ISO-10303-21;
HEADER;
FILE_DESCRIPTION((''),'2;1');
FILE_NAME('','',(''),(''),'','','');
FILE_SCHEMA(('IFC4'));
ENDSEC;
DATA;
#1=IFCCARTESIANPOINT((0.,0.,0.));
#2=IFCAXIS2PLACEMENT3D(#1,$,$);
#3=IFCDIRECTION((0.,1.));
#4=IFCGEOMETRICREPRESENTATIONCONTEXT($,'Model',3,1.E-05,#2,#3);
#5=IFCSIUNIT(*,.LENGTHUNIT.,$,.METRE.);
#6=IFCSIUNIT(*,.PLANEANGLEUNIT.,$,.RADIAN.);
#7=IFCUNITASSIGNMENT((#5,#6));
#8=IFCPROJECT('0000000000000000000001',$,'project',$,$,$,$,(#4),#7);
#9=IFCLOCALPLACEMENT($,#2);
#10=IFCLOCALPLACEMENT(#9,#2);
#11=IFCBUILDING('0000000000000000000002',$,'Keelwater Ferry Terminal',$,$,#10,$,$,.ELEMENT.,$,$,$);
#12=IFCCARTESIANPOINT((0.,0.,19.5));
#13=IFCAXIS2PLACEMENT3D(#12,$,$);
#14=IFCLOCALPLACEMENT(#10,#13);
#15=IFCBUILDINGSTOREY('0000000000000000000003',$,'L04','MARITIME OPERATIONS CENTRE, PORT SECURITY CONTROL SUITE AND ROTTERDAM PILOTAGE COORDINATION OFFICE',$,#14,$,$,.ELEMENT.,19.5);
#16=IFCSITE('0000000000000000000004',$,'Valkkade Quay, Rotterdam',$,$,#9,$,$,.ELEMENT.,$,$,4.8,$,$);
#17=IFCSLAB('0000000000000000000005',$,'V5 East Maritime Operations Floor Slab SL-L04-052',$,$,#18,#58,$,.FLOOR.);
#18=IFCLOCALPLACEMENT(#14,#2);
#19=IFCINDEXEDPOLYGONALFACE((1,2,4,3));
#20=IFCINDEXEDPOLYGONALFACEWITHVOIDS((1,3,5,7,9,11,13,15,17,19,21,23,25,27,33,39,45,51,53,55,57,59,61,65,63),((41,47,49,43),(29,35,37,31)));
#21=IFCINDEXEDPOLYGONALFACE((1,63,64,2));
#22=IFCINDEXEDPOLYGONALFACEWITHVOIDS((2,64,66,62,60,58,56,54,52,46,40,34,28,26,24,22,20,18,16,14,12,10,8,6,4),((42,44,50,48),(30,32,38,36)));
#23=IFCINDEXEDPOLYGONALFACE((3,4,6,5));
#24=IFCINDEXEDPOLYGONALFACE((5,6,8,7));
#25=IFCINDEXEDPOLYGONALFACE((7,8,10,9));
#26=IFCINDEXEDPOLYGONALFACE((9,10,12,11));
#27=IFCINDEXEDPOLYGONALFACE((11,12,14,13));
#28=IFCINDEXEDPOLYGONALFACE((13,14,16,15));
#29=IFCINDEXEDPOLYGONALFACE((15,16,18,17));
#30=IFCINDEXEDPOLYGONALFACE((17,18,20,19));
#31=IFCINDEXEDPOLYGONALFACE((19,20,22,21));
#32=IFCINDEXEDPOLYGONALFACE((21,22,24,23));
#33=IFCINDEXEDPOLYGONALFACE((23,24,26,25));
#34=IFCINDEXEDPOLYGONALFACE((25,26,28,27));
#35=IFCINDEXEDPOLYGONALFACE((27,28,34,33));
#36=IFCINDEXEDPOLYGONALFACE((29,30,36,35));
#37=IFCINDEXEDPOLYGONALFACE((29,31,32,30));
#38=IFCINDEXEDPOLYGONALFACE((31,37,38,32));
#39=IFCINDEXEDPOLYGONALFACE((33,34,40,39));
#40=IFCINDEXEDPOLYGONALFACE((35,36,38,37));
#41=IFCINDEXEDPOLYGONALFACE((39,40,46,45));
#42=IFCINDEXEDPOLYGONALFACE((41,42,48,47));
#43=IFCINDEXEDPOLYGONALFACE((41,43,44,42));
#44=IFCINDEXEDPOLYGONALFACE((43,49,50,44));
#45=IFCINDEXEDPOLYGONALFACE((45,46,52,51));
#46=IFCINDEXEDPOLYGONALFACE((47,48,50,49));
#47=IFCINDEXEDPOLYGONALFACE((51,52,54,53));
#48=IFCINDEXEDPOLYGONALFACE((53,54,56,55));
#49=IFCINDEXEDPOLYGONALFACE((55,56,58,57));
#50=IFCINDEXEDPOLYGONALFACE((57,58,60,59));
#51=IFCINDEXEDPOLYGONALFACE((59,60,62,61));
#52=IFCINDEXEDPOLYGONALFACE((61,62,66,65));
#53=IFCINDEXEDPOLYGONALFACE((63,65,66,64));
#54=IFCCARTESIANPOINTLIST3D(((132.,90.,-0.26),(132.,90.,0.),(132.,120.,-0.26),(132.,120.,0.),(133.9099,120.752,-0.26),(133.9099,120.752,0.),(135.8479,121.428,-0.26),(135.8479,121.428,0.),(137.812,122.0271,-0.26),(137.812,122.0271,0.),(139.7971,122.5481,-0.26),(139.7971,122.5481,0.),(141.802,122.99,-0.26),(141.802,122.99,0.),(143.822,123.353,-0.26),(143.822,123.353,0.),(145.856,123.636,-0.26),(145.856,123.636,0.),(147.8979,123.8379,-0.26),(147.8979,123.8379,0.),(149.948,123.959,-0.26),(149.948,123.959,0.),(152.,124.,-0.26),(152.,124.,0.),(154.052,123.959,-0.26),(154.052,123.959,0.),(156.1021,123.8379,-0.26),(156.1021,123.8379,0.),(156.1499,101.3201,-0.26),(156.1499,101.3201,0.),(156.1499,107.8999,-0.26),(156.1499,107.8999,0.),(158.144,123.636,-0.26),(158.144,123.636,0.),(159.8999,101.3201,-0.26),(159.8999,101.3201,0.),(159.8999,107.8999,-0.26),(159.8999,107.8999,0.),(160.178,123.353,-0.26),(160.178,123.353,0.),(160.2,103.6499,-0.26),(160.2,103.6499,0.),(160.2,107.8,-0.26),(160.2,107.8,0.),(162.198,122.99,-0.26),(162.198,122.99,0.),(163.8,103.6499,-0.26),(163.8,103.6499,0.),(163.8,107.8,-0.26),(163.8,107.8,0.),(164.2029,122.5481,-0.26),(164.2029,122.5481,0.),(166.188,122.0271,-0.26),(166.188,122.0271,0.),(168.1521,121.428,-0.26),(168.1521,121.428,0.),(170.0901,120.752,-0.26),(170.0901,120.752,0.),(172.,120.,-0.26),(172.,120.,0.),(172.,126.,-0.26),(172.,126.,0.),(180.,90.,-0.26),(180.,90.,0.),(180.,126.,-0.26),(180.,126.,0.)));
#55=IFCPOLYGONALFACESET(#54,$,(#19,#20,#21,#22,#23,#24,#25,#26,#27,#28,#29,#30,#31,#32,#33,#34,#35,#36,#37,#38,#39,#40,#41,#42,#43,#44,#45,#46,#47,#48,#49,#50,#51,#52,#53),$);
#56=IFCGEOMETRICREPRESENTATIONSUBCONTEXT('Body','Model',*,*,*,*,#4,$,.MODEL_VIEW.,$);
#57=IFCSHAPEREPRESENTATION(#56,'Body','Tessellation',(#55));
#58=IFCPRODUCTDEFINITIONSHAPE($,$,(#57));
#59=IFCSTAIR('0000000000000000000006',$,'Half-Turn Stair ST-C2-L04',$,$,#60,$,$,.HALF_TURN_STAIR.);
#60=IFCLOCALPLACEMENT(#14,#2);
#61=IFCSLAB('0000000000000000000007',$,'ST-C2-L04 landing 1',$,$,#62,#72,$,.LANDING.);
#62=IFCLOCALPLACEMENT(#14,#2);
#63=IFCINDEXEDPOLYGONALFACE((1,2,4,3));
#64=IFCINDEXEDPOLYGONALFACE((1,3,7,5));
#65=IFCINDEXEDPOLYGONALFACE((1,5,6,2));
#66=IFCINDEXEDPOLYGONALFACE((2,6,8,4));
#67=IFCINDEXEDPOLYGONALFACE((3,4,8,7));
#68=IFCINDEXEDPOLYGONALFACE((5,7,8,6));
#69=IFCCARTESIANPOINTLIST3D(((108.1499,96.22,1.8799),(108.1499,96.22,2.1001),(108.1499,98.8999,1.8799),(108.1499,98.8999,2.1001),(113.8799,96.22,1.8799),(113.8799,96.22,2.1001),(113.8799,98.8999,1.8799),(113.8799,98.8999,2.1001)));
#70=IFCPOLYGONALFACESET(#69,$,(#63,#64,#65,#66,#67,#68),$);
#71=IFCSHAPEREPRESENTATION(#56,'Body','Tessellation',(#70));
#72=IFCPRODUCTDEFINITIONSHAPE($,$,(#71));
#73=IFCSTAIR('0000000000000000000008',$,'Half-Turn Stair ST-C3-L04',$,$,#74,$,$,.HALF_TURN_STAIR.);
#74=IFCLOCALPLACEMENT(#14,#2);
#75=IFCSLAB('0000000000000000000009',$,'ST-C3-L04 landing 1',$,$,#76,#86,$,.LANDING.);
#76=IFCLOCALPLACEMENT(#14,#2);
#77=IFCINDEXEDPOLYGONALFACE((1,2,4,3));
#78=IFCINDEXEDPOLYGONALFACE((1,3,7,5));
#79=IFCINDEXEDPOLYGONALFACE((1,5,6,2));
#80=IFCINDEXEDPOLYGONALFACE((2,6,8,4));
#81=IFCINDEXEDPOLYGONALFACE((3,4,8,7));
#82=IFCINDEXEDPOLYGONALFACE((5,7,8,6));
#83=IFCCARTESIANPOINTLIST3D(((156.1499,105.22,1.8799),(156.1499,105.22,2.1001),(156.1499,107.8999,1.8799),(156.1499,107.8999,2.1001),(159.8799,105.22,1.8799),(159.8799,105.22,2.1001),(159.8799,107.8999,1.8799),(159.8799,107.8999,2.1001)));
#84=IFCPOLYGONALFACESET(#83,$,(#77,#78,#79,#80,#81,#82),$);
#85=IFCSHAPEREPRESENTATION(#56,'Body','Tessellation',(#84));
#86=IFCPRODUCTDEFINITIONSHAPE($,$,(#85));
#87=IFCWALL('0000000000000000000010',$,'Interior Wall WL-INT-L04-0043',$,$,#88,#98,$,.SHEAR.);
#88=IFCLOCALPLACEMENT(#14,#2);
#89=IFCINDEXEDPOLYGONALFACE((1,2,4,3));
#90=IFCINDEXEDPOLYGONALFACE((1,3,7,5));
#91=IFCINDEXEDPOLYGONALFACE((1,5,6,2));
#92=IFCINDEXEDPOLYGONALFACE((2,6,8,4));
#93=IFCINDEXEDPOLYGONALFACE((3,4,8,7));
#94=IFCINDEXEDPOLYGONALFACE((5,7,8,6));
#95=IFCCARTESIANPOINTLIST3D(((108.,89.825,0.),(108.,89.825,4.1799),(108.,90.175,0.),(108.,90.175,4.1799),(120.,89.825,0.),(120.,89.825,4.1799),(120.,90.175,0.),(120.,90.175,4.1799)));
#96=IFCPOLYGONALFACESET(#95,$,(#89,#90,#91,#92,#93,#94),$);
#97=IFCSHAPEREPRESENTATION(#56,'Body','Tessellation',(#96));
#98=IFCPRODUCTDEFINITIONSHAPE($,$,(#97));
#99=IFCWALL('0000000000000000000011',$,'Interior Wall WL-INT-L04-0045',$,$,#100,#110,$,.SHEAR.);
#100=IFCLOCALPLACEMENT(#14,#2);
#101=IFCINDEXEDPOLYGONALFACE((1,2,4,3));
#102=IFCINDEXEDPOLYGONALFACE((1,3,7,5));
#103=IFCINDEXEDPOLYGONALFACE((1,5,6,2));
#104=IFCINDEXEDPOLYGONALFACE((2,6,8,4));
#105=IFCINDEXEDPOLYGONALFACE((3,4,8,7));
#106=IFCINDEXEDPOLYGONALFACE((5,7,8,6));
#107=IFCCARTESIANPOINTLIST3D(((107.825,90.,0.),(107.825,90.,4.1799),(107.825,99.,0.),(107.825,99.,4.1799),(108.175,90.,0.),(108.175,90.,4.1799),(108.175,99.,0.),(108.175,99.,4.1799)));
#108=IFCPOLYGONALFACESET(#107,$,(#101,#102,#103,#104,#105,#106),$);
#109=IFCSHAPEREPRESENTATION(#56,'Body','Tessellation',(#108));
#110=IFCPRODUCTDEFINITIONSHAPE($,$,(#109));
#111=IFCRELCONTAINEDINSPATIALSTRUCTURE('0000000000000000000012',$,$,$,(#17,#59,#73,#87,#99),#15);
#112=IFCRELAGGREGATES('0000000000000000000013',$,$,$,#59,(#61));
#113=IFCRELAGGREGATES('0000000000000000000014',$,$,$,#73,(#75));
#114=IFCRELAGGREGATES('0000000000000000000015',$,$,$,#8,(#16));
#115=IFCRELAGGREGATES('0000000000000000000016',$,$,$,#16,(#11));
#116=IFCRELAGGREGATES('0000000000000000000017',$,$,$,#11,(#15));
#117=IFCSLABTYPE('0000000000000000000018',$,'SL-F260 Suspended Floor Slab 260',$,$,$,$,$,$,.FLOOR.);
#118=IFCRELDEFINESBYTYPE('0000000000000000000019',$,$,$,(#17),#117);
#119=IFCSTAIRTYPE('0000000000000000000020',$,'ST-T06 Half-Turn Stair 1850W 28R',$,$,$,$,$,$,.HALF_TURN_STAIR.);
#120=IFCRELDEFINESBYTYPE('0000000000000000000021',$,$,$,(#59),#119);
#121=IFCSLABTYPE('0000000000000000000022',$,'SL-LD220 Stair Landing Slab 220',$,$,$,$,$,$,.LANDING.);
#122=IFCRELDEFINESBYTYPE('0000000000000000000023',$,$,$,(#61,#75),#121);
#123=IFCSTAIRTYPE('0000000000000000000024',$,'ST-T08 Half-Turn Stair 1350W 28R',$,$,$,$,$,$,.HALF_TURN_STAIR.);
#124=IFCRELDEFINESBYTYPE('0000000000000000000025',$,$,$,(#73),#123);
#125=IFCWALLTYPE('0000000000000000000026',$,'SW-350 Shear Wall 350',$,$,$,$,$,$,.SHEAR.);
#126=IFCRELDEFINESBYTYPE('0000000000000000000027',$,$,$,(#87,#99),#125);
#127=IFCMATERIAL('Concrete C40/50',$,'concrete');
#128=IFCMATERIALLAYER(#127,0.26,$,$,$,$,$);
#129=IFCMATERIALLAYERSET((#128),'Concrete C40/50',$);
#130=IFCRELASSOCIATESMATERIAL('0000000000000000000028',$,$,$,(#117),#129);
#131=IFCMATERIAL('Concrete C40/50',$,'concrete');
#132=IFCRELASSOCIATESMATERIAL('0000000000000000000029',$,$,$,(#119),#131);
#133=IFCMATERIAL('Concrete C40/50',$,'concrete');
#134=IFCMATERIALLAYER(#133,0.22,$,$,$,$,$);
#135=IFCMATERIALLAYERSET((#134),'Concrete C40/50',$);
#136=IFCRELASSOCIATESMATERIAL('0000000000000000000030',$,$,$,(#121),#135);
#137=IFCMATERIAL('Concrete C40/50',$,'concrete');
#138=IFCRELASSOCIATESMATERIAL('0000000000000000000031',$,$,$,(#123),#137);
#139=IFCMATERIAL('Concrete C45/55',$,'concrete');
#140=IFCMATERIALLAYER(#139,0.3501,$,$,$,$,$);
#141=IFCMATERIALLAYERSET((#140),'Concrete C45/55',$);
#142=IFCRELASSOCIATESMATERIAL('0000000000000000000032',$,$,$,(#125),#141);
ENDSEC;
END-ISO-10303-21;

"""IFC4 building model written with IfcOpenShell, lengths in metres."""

from ifc_helpers import new_model, si_unit, direction, frame, frame_2d, origin, place, context, subcontext, project, spatial, polyline, rectangle, outline, extrude, material, layer, layer_set, type_object, element, aggregate, save


model = new_model("IFC4")

# Units and contexts
model_context = context("Model", 3, precision=1e-05, world=origin(), true_north=direction((0.0, 1.0)))
body_context = subcontext(model_context, "Body", "Model", "MODEL_VIEW")
ifc_project = project(units=[si_unit("LENGTHUNIT", "METRE"), si_unit("PLANEANGLEUNIT", "RADIAN")], contexts=[model_context])

# Site, building, storey
site_placement = place(None, origin())
site = spatial("IfcSite", under=ifc_project, at=site_placement, Name="Valkkade Quay, Rotterdam", CompositionType="ELEMENT", RefElevation=4.8)
building_placement = place(site_placement, origin())
building = spatial("IfcBuilding", under=site, at=building_placement, Name="Keelwater Ferry Terminal", CompositionType="ELEMENT")
storey_placement = place(building_placement, frame((0.0, 0.0, 19.5)))
storey = spatial("IfcBuildingStorey", under=building, at=storey_placement, Name="L04", Description="MARITIME OPERATIONS CENTRE, PORT SECURITY CONTROL SUITE AND ROTTERDAM PILOTAGE COORDINATION OFFICE", CompositionType="ELEMENT", Elevation=19.5)

# Slab
ifc_material_1 = material(Name="Concrete C40/50", Category="concrete")
ifc_layer_1 = layer(ifc_material_1, 0.26)
ifc_layer_set_1 = layer_set([ifc_layer_1], Name="Concrete C40/50")
slab_type_1 = type_object("IfcSlabType", Name="SL-F260 Suspended Floor Slab 260", PredefinedType="FLOOR", material=ifc_layer_set_1)
slab_1_placement = place(storey_placement, frame((0.0, 0.0, -0.26)))
element("IfcSlab", 1, at=slab_1_placement, inside=storey, type_object=slab_type_1, Name="V5 East Maritime Operations Floor Slab SL-L04-052", PredefinedType="FLOOR", context=body_context, shape_type="SweptSolid", body=[
    extrude(outline(polyline([(132.0, 90.0), (180.0, 90.0), (180.0, 126.0), (172.0, 126.0), (172.0, 120.0), (170.0901, 120.752), (168.1521, 121.428), (166.188, 122.0271), (164.2029, 122.5481), (162.198, 122.99), (160.178, 123.353), (158.144, 123.636), (156.1021, 123.8379), (154.052, 123.959), (152.0, 124.0), (149.948, 123.959), (147.8979, 123.8379), (145.856, 123.636), (143.822, 123.353), (141.802, 122.99), (139.7971, 122.5481), (137.812, 122.0271), (135.8479, 121.428), (133.9099, 120.752), (132.0, 120.0), (132.0, 90.0)]), holes=[polyline([(156.1499, 101.3201), (159.8999, 101.3201), (159.8999, 107.8999), (156.1499, 107.8999), (156.1499, 101.3201)]), polyline([(160.2, 103.6499), (163.8, 103.6499), (163.8, 107.8), (160.2, 107.8), (160.2, 103.6499)])]), origin(), (0.0, 0.0, 1.0), 0.26),
])

# Stairs, slabs
ifc_material_2 = material(Name="Concrete C40/50", Category="concrete")
stair_type_1 = type_object("IfcStairType", Name="ST-T06 Half-Turn Stair 1850W 28R", PredefinedType="HALF_TURN_STAIR", material=ifc_material_2)
stair_1_placement = place(storey_placement, origin())
stair_1 = element("IfcStair", 2, at=stair_1_placement, inside=storey, type_object=stair_type_1, Name="Half-Turn Stair ST-C2-L04", PredefinedType="HALF_TURN_STAIR")
ifc_material_3 = material(Name="Concrete C40/50", Category="concrete")
ifc_layer_2 = layer(ifc_material_3, 0.22)
ifc_layer_set_2 = layer_set([ifc_layer_2], Name="Concrete C40/50")
slab_type_2 = type_object("IfcSlabType", Name="SL-LD220 Stair Landing Slab 220", PredefinedType="LANDING", material=ifc_layer_set_2)
slab_2_placement = place(storey_placement, frame((0.0, 0.0, 1.8799)))
slab_2 = element("IfcSlab", 3, at=slab_2_placement, type_object=slab_type_2, Name="ST-C2-L04 landing 1", PredefinedType="LANDING", context=body_context, shape_type="SweptSolid", body=[
    extrude(outline(polyline([(108.1499, 96.22), (113.8799, 96.22), (113.8799, 98.8999), (108.1499, 98.8999), (108.1499, 96.22)])), origin(), (0.0, 0.0, 1.0), 0.2202),
])
aggregate(stair_1, [slab_2])
ifc_material_4 = material(Name="Concrete C40/50", Category="concrete")
stair_type_2 = type_object("IfcStairType", Name="ST-T08 Half-Turn Stair 1350W 28R", PredefinedType="HALF_TURN_STAIR", material=ifc_material_4)
stair_2_placement = place(storey_placement, origin())
stair_2 = element("IfcStair", 4, at=stair_2_placement, inside=storey, type_object=stair_type_2, Name="Half-Turn Stair ST-C3-L04", PredefinedType="HALF_TURN_STAIR")
slab_3_placement = place(storey_placement, frame((0.0, 0.0, 1.8799)))
slab_3 = element("IfcSlab", 5, at=slab_3_placement, type_object=slab_type_2, Name="ST-C3-L04 landing 1", PredefinedType="LANDING", context=body_context, shape_type="SweptSolid", body=[
    extrude(outline(polyline([(156.1499, 105.22), (159.8799, 105.22), (159.8799, 107.8999), (156.1499, 107.8999), (156.1499, 105.22)])), origin(), (0.0, 0.0, 1.0), 0.2202),
])
aggregate(stair_2, [slab_3])

# Walls
ifc_material_5 = material(Name="Concrete C45/55", Category="concrete")
ifc_layer_3 = layer(ifc_material_5, 0.3501)
ifc_layer_set_3 = layer_set([ifc_layer_3], Name="Concrete C45/55")
wall_type = type_object("IfcWallType", Name="SW-350 Shear Wall 350", PredefinedType="SHEAR", material=ifc_layer_set_3)
wall_1_placement = place(storey_placement, frame((108.0, 90.0, 0.0), z_axis=(0.0, 0.0, 1.0), x_axis=(1.0, 0.0, 0.0)))
element("IfcWall", 6, at=wall_1_placement, inside=storey, type_object=wall_type, Name="Interior Wall WL-INT-L04-0043", PredefinedType="SHEAR", context=body_context, shape_type="SweptSolid", body=[
    extrude(rectangle(XDim=12.0, YDim=0.3501, at=frame_2d((6.0, 0.0))), origin(), (0.0, 0.0, 1.0), 4.1799),
])
wall_2_placement = place(storey_placement, frame((108.0, 90.0, 0.0), z_axis=(0.0, 0.0, 1.0), x_axis=(0.0, 1.0, 0.0)))
element("IfcWall", 7, at=wall_2_placement, inside=storey, type_object=wall_type, Name="Interior Wall WL-INT-L04-0045", PredefinedType="SHEAR", context=body_context, shape_type="SweptSolid", body=[
    extrude(rectangle(XDim=9.0, YDim=0.3501, at=frame_2d((4.5, 0.0))), origin(), (0.0, 0.0, 1.0), 4.1799),
])

save(model, "model.ifc")
